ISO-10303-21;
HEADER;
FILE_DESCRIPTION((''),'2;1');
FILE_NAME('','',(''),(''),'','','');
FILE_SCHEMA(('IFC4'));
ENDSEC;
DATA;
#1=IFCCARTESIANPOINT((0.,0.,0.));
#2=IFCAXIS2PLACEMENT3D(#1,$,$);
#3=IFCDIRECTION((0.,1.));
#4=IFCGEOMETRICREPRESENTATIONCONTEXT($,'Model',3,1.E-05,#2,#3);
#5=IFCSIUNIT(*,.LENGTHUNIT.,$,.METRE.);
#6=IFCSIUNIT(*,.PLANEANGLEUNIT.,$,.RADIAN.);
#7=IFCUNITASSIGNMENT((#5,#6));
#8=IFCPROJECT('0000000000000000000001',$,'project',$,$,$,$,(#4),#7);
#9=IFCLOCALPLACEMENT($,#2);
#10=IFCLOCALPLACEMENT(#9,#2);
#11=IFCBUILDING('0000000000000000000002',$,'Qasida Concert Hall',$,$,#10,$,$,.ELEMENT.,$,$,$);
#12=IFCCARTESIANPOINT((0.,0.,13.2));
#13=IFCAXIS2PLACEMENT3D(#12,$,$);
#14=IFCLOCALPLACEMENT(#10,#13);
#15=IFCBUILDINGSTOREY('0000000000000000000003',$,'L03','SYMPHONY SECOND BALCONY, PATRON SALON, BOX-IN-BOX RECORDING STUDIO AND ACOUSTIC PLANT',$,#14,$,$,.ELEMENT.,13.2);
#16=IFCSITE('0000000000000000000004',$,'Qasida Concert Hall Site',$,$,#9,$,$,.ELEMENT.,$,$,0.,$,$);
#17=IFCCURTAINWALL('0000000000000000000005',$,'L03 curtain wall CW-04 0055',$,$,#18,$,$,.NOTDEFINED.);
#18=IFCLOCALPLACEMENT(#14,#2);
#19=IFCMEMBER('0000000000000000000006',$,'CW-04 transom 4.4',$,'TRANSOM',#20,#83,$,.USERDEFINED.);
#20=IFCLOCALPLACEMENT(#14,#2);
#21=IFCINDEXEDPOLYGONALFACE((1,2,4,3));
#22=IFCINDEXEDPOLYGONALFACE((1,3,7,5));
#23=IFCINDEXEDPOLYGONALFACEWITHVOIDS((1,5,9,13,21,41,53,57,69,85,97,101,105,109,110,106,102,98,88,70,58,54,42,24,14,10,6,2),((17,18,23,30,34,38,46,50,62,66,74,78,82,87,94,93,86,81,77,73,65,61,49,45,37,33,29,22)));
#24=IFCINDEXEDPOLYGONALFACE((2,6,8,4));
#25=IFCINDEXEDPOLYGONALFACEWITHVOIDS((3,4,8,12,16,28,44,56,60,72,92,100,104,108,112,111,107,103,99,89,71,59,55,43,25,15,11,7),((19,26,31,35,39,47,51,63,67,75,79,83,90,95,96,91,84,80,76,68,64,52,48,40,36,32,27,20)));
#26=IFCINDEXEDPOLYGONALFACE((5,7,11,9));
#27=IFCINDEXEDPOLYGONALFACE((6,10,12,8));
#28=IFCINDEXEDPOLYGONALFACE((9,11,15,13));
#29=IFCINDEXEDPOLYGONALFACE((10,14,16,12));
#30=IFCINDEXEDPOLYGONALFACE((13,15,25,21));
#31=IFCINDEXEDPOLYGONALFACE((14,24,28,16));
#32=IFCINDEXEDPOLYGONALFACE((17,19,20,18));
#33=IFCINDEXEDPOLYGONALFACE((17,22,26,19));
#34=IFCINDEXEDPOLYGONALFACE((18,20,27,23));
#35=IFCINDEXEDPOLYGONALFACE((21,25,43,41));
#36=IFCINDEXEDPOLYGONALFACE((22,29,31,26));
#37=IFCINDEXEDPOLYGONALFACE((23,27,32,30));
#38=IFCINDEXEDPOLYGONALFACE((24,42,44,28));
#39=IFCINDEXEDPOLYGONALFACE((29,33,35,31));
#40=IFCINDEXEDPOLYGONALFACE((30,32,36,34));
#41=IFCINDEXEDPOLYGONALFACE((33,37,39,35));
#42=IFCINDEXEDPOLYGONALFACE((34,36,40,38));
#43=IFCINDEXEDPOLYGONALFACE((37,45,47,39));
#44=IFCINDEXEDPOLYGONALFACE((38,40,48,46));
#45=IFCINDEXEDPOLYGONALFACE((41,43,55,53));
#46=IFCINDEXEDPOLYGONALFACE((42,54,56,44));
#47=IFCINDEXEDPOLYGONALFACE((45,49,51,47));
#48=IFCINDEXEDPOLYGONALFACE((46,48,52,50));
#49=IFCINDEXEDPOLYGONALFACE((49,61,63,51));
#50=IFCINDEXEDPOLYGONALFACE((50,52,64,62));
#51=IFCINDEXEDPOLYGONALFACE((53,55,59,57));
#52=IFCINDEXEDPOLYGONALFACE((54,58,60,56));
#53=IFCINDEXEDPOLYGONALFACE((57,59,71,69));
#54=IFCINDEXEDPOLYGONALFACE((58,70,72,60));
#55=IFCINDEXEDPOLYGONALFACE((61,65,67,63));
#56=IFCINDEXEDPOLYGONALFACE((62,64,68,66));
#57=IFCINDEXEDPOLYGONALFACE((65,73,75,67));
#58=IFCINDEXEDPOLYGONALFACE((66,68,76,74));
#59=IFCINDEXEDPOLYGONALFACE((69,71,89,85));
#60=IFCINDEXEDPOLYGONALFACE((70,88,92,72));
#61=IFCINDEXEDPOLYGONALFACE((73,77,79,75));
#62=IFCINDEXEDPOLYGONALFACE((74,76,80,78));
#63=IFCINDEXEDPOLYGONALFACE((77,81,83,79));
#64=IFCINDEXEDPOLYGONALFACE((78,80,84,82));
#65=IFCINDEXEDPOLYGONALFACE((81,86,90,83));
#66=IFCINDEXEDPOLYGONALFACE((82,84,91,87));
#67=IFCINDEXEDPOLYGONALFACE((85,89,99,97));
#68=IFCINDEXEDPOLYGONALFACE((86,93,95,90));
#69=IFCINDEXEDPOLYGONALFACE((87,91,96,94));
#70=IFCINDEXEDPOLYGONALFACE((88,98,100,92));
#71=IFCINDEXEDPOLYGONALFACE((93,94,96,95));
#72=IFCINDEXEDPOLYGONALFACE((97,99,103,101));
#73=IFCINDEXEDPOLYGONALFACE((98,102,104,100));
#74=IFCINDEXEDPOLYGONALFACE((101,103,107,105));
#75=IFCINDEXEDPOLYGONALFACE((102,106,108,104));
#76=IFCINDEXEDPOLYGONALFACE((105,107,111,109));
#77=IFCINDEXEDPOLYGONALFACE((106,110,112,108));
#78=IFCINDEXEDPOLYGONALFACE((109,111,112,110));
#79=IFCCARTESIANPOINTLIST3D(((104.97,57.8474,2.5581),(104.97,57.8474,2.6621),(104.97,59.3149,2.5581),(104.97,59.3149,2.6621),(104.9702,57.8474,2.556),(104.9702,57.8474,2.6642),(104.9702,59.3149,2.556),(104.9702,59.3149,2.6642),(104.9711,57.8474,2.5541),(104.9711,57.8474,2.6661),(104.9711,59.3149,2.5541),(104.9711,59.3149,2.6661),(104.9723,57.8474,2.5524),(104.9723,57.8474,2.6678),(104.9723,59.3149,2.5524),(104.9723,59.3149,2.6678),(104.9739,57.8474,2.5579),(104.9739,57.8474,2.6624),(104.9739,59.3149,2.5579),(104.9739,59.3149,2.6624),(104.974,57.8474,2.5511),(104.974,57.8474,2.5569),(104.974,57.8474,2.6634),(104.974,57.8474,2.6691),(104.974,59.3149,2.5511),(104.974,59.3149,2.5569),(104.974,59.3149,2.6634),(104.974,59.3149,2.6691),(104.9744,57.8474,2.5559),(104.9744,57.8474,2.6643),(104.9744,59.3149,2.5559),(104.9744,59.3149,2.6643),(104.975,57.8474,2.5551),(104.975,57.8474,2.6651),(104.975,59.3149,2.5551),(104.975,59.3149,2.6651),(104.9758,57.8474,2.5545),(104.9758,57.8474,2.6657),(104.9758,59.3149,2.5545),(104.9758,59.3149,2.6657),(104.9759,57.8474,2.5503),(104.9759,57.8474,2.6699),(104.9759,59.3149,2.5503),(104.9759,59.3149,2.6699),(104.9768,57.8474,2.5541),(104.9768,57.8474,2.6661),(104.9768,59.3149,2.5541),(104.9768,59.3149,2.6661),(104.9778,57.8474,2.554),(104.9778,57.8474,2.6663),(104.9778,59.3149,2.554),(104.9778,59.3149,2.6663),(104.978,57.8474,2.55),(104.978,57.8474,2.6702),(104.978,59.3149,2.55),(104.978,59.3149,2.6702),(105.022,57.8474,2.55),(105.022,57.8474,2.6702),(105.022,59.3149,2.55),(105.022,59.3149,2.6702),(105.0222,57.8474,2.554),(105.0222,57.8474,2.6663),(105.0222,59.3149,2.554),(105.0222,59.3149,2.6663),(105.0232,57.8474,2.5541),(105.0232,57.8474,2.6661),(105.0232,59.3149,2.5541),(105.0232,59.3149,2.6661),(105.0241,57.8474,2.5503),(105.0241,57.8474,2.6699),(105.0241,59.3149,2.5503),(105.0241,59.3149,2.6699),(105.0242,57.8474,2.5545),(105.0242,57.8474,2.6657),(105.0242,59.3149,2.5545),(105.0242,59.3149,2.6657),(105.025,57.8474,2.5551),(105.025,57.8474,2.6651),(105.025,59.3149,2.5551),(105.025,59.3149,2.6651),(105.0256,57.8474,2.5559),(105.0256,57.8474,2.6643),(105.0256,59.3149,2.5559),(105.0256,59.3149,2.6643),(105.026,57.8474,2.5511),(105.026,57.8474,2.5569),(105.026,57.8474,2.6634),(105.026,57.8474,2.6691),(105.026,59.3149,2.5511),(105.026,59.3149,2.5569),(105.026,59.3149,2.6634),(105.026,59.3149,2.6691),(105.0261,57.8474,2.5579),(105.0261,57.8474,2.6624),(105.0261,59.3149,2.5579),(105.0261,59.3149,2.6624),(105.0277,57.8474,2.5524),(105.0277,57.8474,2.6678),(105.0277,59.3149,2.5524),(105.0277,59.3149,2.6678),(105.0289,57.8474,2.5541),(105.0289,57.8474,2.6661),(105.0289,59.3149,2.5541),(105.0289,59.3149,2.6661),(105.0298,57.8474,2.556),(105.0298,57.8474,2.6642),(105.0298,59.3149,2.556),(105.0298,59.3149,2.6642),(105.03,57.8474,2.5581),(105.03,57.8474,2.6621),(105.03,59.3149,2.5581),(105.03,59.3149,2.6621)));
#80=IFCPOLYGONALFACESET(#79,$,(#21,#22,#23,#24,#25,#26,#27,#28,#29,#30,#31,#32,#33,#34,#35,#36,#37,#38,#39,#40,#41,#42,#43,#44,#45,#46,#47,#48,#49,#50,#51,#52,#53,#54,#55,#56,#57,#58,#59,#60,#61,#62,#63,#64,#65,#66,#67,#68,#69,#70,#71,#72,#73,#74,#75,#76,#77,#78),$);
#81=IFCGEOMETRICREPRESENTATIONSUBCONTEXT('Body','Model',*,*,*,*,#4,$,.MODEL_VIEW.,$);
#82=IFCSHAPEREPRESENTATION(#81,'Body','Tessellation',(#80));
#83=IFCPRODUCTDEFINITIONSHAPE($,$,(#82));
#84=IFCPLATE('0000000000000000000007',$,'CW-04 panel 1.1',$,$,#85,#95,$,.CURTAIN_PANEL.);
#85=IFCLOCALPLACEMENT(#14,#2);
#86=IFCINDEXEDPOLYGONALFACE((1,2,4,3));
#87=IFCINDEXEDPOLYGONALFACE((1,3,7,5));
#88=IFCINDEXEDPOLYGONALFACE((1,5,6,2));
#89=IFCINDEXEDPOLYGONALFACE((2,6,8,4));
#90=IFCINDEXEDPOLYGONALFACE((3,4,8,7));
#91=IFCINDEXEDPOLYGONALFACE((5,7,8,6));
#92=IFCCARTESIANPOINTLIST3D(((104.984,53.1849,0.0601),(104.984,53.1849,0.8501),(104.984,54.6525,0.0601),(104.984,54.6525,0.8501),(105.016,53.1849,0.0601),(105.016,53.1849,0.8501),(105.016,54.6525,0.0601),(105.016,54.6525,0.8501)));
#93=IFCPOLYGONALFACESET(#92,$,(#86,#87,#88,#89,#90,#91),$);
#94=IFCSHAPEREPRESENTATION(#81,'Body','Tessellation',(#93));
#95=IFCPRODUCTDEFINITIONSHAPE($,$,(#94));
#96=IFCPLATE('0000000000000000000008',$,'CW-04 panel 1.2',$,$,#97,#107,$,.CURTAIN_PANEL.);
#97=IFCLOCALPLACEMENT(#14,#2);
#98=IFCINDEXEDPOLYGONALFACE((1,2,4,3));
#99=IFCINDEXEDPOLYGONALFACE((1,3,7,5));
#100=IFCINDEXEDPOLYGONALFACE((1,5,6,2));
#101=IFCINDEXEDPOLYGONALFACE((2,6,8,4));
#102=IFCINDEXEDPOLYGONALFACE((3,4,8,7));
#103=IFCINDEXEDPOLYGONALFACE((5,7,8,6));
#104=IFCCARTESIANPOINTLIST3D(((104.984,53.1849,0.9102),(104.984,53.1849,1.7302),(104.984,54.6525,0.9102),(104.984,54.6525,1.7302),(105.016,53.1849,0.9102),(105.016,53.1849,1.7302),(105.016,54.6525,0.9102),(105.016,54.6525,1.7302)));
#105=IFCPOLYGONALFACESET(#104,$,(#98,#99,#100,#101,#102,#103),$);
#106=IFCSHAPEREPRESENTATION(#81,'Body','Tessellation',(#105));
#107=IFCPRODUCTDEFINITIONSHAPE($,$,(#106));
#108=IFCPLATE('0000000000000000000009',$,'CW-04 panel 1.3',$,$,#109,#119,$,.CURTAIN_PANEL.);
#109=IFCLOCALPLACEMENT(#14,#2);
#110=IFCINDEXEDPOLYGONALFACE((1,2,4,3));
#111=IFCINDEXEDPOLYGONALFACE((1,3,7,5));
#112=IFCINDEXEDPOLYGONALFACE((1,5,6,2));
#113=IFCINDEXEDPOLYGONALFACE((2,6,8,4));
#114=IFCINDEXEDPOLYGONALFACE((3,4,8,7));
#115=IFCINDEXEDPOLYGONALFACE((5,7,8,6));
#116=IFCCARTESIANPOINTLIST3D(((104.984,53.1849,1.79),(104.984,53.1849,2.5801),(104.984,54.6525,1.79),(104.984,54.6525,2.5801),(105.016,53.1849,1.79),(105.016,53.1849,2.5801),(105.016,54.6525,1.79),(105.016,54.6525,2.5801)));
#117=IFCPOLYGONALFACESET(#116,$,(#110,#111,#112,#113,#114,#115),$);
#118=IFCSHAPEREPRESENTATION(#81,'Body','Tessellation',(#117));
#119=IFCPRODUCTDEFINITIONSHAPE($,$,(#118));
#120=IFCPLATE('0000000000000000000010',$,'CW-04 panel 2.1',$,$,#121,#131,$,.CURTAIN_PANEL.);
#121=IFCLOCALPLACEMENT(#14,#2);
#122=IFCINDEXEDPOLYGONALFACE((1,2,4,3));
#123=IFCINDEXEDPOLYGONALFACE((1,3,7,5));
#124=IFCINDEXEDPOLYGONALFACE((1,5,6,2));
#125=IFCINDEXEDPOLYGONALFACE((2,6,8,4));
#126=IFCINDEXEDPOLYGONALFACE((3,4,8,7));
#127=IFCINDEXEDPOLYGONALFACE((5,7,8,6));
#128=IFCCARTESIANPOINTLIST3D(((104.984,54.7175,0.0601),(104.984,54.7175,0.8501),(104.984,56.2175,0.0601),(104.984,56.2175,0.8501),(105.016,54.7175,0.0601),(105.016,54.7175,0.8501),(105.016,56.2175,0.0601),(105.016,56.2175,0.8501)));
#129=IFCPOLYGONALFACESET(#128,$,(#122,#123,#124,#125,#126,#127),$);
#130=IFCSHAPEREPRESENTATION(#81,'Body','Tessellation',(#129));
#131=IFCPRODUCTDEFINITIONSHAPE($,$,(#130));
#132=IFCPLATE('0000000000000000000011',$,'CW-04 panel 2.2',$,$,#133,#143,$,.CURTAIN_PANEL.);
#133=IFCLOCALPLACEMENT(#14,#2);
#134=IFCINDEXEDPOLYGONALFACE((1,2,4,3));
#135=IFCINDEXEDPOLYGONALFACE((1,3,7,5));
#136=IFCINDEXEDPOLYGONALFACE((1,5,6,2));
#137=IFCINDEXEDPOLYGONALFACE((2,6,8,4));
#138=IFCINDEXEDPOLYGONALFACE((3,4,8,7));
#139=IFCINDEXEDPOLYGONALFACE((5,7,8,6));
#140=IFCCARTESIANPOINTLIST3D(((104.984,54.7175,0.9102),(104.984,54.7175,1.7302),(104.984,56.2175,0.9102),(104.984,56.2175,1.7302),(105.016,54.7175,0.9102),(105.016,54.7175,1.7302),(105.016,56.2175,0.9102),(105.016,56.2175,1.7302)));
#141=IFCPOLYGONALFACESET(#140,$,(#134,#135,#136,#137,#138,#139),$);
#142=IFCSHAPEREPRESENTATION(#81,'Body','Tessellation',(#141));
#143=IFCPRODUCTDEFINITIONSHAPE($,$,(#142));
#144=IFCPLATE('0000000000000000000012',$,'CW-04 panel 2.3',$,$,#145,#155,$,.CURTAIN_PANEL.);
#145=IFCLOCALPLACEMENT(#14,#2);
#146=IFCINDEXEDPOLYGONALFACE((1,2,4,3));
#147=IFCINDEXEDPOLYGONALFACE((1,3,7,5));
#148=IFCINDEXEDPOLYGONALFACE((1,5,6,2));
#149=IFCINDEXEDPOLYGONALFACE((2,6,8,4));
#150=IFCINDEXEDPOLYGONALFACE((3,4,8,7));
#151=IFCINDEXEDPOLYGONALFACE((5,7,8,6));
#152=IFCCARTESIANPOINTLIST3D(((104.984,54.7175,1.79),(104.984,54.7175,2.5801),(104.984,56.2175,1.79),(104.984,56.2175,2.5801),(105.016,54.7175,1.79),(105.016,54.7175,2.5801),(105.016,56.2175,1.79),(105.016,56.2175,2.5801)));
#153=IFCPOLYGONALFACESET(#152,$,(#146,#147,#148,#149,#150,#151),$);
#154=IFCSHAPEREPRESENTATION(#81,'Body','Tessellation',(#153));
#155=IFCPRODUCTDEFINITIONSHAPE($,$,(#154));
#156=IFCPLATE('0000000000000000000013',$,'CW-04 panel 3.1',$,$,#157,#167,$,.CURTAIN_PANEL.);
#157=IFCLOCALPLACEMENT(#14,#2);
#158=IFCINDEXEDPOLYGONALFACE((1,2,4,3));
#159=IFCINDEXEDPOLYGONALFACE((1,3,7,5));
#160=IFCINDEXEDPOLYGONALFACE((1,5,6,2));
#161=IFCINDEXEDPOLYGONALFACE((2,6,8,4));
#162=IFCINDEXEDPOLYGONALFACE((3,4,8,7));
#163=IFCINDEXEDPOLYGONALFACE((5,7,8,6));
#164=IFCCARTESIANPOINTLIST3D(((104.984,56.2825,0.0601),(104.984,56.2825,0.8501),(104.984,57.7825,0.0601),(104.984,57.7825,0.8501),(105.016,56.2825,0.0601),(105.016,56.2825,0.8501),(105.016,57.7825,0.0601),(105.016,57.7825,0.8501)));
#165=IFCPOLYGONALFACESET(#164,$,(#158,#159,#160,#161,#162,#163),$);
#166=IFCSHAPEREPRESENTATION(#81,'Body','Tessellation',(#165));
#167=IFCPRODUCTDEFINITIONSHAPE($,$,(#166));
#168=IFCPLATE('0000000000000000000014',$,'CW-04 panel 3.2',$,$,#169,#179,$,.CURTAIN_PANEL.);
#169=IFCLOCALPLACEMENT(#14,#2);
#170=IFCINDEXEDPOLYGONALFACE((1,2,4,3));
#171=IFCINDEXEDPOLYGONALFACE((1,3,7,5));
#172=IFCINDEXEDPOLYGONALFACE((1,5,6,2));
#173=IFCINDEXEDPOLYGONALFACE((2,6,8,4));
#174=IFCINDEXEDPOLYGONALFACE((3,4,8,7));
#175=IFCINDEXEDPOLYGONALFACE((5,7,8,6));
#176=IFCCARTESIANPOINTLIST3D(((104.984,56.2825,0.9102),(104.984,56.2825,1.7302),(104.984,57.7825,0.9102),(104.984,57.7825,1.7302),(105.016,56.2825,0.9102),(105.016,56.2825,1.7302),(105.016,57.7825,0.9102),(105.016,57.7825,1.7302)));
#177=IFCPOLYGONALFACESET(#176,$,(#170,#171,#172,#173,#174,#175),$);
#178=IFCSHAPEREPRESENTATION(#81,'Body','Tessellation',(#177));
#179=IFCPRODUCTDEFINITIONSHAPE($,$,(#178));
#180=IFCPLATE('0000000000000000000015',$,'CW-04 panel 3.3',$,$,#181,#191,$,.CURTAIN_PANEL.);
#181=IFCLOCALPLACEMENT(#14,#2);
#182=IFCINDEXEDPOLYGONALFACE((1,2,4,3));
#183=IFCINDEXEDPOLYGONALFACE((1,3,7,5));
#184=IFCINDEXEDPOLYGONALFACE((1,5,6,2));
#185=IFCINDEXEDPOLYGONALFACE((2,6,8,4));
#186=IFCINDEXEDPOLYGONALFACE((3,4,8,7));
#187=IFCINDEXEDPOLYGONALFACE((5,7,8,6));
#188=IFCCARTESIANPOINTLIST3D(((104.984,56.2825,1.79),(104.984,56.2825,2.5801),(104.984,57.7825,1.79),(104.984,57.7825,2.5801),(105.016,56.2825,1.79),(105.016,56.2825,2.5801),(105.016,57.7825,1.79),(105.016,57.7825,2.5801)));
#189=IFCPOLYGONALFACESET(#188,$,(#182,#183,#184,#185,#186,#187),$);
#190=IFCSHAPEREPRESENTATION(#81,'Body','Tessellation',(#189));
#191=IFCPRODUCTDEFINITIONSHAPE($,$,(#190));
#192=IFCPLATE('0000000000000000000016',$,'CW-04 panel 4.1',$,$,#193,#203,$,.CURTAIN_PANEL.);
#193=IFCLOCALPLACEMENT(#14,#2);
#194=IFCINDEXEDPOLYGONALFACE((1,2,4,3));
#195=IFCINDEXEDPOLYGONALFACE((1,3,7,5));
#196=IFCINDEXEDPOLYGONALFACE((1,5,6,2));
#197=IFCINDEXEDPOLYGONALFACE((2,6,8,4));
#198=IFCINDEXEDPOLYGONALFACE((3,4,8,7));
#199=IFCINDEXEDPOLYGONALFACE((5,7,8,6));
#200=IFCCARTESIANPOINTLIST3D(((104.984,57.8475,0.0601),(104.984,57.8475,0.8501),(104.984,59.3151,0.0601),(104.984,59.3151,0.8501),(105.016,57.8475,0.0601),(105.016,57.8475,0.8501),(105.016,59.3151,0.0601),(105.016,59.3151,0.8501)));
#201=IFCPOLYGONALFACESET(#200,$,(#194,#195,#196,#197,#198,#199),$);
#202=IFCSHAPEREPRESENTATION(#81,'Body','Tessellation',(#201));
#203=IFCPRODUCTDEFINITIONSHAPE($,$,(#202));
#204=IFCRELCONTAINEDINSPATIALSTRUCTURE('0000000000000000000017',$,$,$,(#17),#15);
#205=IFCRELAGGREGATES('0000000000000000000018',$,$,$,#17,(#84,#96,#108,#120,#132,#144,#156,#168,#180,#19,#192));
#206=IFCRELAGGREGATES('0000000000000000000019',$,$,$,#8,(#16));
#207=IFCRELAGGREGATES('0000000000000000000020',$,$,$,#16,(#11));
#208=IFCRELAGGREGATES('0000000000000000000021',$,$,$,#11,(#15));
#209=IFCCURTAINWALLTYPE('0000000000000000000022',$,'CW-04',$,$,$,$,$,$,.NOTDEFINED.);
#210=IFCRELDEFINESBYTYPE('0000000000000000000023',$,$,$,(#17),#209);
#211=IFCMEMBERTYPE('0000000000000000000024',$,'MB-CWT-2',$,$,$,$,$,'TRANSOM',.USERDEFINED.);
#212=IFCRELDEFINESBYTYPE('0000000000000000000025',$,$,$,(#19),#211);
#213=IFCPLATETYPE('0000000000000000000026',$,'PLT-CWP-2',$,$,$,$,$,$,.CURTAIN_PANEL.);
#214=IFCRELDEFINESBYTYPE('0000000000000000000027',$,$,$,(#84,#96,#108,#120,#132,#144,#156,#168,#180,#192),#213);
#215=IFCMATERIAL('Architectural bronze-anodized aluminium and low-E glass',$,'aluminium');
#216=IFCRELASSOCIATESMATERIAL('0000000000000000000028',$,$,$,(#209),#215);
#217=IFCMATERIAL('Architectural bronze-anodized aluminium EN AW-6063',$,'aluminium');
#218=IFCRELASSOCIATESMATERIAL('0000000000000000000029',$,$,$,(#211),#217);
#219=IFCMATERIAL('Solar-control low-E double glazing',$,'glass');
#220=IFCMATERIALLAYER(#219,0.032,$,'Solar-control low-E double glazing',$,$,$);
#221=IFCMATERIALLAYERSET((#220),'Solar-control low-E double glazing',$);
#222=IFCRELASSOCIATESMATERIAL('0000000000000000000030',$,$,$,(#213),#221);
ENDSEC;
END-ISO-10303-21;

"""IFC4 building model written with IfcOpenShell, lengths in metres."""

from ifc_helpers import new_model, si_unit, direction, frame, origin, origin_2d, place, context, subcontext, project, spatial, rectangle, hollow_rectangle, extrude, material, layer, layer_set, material_profile, profile_set, type_object, element, aggregate, save


model = new_model("IFC4")

# Units and contexts
model_context = context("Model", 3, precision=1e-05, world=origin(), true_north=direction((0.0, 1.0)))
body_context = subcontext(model_context, "Body", "Model", "MODEL_VIEW")
ifc_project = project(units=[si_unit("LENGTHUNIT", "METRE"), si_unit("PLANEANGLEUNIT", "RADIAN")], contexts=[model_context])

# Site, building, storey
site_placement = place(None, origin())
site = spatial("IfcSite", under=ifc_project, at=site_placement, Name="Qasida Concert Hall Site", CompositionType="ELEMENT", RefElevation=0.0)
building_placement = place(site_placement, origin())
building = spatial("IfcBuilding", under=site, at=building_placement, Name="Qasida Concert Hall", CompositionType="ELEMENT")
storey_placement = place(building_placement, frame((0.0, 0.0, 13.2)))
storey = spatial("IfcBuildingStorey", under=building, at=storey_placement, Name="L03", Description="SYMPHONY SECOND BALCONY, PATRON SALON, BOX-IN-BOX RECORDING STUDIO AND ACOUSTIC PLANT", CompositionType="ELEMENT", Elevation=13.2)

# Curtain wall, member, plates
ifc_material_1 = material(Name="Architectural bronze-anodized aluminium and low-E glass", Category="aluminium")
curtain_wall_type = type_object("IfcCurtainWallType", Name="CW-04", PredefinedType="NOTDEFINED", material=ifc_material_1)
curtain_wall_placement = place(storey_placement, origin())
curtain_wall = element("IfcCurtainWall", 1, at=curtain_wall_placement, inside=storey, type_object=curtain_wall_type, Name="L03 curtain wall CW-04 0055", PredefinedType="NOTDEFINED")
ifc_material_2 = material(Name="Architectural bronze-anodized aluminium EN AW-6063", Category="aluminium")
ifc_material_profile_1 = material_profile(ifc_material_2, hollow_rectangle(XDim=0.0601, YDim=0.1201, WallThickness=0.0039, InnerFilletRadius=0.0039, OuterFilletRadius=0.0081, at=origin_2d()), Name="CWT 120x60x4")
ifc_profile_set_1 = profile_set([ifc_material_profile_1], Name="Architectural bronze-anodized aluminium EN AW-6063")
member_type_1 = type_object("IfcMemberType", Name="MB-CWT-2", ElementType="TRANSOM", PredefinedType="USERDEFINED", material=ifc_profile_set_1)
member_1_placement = place(storey_placement, frame((105.0, 57.8474, 2.6101), z_axis=(0.0, 1.0, 0.0), x_axis=(-1.0, 0.0, 0.0)))
member_1 = element("IfcMember", 2, at=member_1_placement, type_object=member_type_1, Name="CW-04 transom 4.4", ObjectType="TRANSOM", PredefinedType="USERDEFINED", context=body_context, shape_type="SweptSolid", body=[
    extrude(hollow_rectangle(XDim=0.0601, YDim=0.1201, WallThickness=0.0039, InnerFilletRadius=0.0039, OuterFilletRadius=0.0081, at=origin_2d()), origin(), (0.0, 0.0, 1.0), 1.4675),
])
ifc_material_3 = material(Name="Solar-control low-E double glazing", Category="glass")
ifc_layer_1 = layer(ifc_material_3, 0.032, Name="Solar-control low-E double glazing")
ifc_layer_set_1 = layer_set([ifc_layer_1], Name="Solar-control low-E double glazing")
plate_type = type_object("IfcPlateType", Name="PLT-CWP-2", PredefinedType="CURTAIN_PANEL", material=ifc_layer_set_1)
plate_1_placement = place(storey_placement, frame((105.0, 53.9187, 0.0601), z_axis=(0.0, 0.0, 1.0), x_axis=(0.0, 1.0, 0.0)))
plate_1 = element("IfcPlate", 3, at=plate_1_placement, type_object=plate_type, Name="CW-04 panel 1.1", PredefinedType="CURTAIN_PANEL", context=body_context, shape_type="SweptSolid", body=[
    extrude(rectangle(XDim=1.4675, YDim=0.032, at=origin_2d()), origin(), (0.0, 0.0, 1.0), 0.79),
])
plate_2_placement = place(storey_placement, frame((105.0, 53.9187, 0.9102), z_axis=(0.0, 0.0, 1.0), x_axis=(0.0, 1.0, 0.0)))
plate_2 = element("IfcPlate", 4, at=plate_2_placement, type_object=plate_type, Name="CW-04 panel 1.2", PredefinedType="CURTAIN_PANEL", context=body_context, shape_type="SweptSolid", body=[
    extrude(rectangle(XDim=1.4675, YDim=0.032, at=origin_2d()), origin(), (0.0, 0.0, 1.0), 0.8201),
])
plate_3_placement = place(storey_placement, frame((105.0, 53.9187, 1.79), z_axis=(0.0, 0.0, 1.0), x_axis=(0.0, 1.0, 0.0)))
plate_3 = element("IfcPlate", 5, at=plate_3_placement, type_object=plate_type, Name="CW-04 panel 1.3", PredefinedType="CURTAIN_PANEL", context=body_context, shape_type="SweptSolid", body=[
    extrude(rectangle(XDim=1.4675, YDim=0.032, at=origin_2d()), origin(), (0.0, 0.0, 1.0), 0.79),
])
plate_4_placement = place(storey_placement, frame((105.0, 55.4675, 0.0601), z_axis=(0.0, 0.0, 1.0), x_axis=(0.0, 1.0, 0.0)))
plate_4 = element("IfcPlate", 6, at=plate_4_placement, type_object=plate_type, Name="CW-04 panel 2.1", PredefinedType="CURTAIN_PANEL", context=body_context, shape_type="SweptSolid", body=[
    extrude(rectangle(XDim=1.5, YDim=0.032, at=origin_2d()), origin(), (0.0, 0.0, 1.0), 0.79),
])
plate_5_placement = place(storey_placement, frame((105.0, 55.4675, 0.9102), z_axis=(0.0, 0.0, 1.0), x_axis=(0.0, 1.0, 0.0)))
plate_5 = element("IfcPlate", 7, at=plate_5_placement, type_object=plate_type, Name="CW-04 panel 2.2", PredefinedType="CURTAIN_PANEL", context=body_context, shape_type="SweptSolid", body=[
    extrude(rectangle(XDim=1.5, YDim=0.032, at=origin_2d()), origin(), (0.0, 0.0, 1.0), 0.8201),
])
plate_6_placement = place(storey_placement, frame((105.0, 55.4675, 1.79), z_axis=(0.0, 0.0, 1.0), x_axis=(0.0, 1.0, 0.0)))
plate_6 = element("IfcPlate", 8, at=plate_6_placement, type_object=plate_type, Name="CW-04 panel 2.3", PredefinedType="CURTAIN_PANEL", context=body_context, shape_type="SweptSolid", body=[
    extrude(rectangle(XDim=1.5, YDim=0.032, at=origin_2d()), origin(), (0.0, 0.0, 1.0), 0.79),
])
plate_7_placement = place(storey_placement, frame((105.0, 57.0325, 0.0601), z_axis=(0.0, 0.0, 1.0), x_axis=(0.0, 1.0, 0.0)))
plate_7 = element("IfcPlate", 9, at=plate_7_placement, type_object=plate_type, Name="CW-04 panel 3.1", PredefinedType="CURTAIN_PANEL", context=body_context, shape_type="SweptSolid", body=[
    extrude(rectangle(XDim=1.5, YDim=0.032, at=origin_2d()), origin(), (0.0, 0.0, 1.0), 0.79),
])
plate_8_placement = place(storey_placement, frame((105.0, 57.0325, 0.9102), z_axis=(0.0, 0.0, 1.0), x_axis=(0.0, 1.0, 0.0)))
plate_8 = element("IfcPlate", 10, at=plate_8_placement, type_object=plate_type, Name="CW-04 panel 3.2", PredefinedType="CURTAIN_PANEL", context=body_context, shape_type="SweptSolid", body=[
    extrude(rectangle(XDim=1.5, YDim=0.032, at=origin_2d()), origin(), (0.0, 0.0, 1.0), 0.8201),
])
plate_9_placement = place(storey_placement, frame((105.0, 57.0325, 1.79), z_axis=(0.0, 0.0, 1.0), x_axis=(0.0, 1.0, 0.0)))
plate_9 = element("IfcPlate", 11, at=plate_9_placement, type_object=plate_type, Name="CW-04 panel 3.3", PredefinedType="CURTAIN_PANEL", context=body_context, shape_type="SweptSolid", body=[
    extrude(rectangle(XDim=1.5, YDim=0.032, at=origin_2d()), origin(), (0.0, 0.0, 1.0), 0.79),
])
plate_10_placement = place(storey_placement, frame((105.0, 58.5813, 0.0601), z_axis=(0.0, 0.0, 1.0), x_axis=(0.0, 1.0, 0.0)))
plate_10 = element("IfcPlate", 12, at=plate_10_placement, type_object=plate_type, Name="CW-04 panel 4.1", PredefinedType="CURTAIN_PANEL", context=body_context, shape_type="SweptSolid", body=[
    extrude(rectangle(XDim=1.4675, YDim=0.032, at=origin_2d()), origin(), (0.0, 0.0, 1.0), 0.79),
])
aggregate(curtain_wall, [plate_1, plate_2, plate_3, plate_4, plate_5, plate_6, plate_7, plate_8, plate_9, member_1, plate_10])

save(model, "model.ifc")
